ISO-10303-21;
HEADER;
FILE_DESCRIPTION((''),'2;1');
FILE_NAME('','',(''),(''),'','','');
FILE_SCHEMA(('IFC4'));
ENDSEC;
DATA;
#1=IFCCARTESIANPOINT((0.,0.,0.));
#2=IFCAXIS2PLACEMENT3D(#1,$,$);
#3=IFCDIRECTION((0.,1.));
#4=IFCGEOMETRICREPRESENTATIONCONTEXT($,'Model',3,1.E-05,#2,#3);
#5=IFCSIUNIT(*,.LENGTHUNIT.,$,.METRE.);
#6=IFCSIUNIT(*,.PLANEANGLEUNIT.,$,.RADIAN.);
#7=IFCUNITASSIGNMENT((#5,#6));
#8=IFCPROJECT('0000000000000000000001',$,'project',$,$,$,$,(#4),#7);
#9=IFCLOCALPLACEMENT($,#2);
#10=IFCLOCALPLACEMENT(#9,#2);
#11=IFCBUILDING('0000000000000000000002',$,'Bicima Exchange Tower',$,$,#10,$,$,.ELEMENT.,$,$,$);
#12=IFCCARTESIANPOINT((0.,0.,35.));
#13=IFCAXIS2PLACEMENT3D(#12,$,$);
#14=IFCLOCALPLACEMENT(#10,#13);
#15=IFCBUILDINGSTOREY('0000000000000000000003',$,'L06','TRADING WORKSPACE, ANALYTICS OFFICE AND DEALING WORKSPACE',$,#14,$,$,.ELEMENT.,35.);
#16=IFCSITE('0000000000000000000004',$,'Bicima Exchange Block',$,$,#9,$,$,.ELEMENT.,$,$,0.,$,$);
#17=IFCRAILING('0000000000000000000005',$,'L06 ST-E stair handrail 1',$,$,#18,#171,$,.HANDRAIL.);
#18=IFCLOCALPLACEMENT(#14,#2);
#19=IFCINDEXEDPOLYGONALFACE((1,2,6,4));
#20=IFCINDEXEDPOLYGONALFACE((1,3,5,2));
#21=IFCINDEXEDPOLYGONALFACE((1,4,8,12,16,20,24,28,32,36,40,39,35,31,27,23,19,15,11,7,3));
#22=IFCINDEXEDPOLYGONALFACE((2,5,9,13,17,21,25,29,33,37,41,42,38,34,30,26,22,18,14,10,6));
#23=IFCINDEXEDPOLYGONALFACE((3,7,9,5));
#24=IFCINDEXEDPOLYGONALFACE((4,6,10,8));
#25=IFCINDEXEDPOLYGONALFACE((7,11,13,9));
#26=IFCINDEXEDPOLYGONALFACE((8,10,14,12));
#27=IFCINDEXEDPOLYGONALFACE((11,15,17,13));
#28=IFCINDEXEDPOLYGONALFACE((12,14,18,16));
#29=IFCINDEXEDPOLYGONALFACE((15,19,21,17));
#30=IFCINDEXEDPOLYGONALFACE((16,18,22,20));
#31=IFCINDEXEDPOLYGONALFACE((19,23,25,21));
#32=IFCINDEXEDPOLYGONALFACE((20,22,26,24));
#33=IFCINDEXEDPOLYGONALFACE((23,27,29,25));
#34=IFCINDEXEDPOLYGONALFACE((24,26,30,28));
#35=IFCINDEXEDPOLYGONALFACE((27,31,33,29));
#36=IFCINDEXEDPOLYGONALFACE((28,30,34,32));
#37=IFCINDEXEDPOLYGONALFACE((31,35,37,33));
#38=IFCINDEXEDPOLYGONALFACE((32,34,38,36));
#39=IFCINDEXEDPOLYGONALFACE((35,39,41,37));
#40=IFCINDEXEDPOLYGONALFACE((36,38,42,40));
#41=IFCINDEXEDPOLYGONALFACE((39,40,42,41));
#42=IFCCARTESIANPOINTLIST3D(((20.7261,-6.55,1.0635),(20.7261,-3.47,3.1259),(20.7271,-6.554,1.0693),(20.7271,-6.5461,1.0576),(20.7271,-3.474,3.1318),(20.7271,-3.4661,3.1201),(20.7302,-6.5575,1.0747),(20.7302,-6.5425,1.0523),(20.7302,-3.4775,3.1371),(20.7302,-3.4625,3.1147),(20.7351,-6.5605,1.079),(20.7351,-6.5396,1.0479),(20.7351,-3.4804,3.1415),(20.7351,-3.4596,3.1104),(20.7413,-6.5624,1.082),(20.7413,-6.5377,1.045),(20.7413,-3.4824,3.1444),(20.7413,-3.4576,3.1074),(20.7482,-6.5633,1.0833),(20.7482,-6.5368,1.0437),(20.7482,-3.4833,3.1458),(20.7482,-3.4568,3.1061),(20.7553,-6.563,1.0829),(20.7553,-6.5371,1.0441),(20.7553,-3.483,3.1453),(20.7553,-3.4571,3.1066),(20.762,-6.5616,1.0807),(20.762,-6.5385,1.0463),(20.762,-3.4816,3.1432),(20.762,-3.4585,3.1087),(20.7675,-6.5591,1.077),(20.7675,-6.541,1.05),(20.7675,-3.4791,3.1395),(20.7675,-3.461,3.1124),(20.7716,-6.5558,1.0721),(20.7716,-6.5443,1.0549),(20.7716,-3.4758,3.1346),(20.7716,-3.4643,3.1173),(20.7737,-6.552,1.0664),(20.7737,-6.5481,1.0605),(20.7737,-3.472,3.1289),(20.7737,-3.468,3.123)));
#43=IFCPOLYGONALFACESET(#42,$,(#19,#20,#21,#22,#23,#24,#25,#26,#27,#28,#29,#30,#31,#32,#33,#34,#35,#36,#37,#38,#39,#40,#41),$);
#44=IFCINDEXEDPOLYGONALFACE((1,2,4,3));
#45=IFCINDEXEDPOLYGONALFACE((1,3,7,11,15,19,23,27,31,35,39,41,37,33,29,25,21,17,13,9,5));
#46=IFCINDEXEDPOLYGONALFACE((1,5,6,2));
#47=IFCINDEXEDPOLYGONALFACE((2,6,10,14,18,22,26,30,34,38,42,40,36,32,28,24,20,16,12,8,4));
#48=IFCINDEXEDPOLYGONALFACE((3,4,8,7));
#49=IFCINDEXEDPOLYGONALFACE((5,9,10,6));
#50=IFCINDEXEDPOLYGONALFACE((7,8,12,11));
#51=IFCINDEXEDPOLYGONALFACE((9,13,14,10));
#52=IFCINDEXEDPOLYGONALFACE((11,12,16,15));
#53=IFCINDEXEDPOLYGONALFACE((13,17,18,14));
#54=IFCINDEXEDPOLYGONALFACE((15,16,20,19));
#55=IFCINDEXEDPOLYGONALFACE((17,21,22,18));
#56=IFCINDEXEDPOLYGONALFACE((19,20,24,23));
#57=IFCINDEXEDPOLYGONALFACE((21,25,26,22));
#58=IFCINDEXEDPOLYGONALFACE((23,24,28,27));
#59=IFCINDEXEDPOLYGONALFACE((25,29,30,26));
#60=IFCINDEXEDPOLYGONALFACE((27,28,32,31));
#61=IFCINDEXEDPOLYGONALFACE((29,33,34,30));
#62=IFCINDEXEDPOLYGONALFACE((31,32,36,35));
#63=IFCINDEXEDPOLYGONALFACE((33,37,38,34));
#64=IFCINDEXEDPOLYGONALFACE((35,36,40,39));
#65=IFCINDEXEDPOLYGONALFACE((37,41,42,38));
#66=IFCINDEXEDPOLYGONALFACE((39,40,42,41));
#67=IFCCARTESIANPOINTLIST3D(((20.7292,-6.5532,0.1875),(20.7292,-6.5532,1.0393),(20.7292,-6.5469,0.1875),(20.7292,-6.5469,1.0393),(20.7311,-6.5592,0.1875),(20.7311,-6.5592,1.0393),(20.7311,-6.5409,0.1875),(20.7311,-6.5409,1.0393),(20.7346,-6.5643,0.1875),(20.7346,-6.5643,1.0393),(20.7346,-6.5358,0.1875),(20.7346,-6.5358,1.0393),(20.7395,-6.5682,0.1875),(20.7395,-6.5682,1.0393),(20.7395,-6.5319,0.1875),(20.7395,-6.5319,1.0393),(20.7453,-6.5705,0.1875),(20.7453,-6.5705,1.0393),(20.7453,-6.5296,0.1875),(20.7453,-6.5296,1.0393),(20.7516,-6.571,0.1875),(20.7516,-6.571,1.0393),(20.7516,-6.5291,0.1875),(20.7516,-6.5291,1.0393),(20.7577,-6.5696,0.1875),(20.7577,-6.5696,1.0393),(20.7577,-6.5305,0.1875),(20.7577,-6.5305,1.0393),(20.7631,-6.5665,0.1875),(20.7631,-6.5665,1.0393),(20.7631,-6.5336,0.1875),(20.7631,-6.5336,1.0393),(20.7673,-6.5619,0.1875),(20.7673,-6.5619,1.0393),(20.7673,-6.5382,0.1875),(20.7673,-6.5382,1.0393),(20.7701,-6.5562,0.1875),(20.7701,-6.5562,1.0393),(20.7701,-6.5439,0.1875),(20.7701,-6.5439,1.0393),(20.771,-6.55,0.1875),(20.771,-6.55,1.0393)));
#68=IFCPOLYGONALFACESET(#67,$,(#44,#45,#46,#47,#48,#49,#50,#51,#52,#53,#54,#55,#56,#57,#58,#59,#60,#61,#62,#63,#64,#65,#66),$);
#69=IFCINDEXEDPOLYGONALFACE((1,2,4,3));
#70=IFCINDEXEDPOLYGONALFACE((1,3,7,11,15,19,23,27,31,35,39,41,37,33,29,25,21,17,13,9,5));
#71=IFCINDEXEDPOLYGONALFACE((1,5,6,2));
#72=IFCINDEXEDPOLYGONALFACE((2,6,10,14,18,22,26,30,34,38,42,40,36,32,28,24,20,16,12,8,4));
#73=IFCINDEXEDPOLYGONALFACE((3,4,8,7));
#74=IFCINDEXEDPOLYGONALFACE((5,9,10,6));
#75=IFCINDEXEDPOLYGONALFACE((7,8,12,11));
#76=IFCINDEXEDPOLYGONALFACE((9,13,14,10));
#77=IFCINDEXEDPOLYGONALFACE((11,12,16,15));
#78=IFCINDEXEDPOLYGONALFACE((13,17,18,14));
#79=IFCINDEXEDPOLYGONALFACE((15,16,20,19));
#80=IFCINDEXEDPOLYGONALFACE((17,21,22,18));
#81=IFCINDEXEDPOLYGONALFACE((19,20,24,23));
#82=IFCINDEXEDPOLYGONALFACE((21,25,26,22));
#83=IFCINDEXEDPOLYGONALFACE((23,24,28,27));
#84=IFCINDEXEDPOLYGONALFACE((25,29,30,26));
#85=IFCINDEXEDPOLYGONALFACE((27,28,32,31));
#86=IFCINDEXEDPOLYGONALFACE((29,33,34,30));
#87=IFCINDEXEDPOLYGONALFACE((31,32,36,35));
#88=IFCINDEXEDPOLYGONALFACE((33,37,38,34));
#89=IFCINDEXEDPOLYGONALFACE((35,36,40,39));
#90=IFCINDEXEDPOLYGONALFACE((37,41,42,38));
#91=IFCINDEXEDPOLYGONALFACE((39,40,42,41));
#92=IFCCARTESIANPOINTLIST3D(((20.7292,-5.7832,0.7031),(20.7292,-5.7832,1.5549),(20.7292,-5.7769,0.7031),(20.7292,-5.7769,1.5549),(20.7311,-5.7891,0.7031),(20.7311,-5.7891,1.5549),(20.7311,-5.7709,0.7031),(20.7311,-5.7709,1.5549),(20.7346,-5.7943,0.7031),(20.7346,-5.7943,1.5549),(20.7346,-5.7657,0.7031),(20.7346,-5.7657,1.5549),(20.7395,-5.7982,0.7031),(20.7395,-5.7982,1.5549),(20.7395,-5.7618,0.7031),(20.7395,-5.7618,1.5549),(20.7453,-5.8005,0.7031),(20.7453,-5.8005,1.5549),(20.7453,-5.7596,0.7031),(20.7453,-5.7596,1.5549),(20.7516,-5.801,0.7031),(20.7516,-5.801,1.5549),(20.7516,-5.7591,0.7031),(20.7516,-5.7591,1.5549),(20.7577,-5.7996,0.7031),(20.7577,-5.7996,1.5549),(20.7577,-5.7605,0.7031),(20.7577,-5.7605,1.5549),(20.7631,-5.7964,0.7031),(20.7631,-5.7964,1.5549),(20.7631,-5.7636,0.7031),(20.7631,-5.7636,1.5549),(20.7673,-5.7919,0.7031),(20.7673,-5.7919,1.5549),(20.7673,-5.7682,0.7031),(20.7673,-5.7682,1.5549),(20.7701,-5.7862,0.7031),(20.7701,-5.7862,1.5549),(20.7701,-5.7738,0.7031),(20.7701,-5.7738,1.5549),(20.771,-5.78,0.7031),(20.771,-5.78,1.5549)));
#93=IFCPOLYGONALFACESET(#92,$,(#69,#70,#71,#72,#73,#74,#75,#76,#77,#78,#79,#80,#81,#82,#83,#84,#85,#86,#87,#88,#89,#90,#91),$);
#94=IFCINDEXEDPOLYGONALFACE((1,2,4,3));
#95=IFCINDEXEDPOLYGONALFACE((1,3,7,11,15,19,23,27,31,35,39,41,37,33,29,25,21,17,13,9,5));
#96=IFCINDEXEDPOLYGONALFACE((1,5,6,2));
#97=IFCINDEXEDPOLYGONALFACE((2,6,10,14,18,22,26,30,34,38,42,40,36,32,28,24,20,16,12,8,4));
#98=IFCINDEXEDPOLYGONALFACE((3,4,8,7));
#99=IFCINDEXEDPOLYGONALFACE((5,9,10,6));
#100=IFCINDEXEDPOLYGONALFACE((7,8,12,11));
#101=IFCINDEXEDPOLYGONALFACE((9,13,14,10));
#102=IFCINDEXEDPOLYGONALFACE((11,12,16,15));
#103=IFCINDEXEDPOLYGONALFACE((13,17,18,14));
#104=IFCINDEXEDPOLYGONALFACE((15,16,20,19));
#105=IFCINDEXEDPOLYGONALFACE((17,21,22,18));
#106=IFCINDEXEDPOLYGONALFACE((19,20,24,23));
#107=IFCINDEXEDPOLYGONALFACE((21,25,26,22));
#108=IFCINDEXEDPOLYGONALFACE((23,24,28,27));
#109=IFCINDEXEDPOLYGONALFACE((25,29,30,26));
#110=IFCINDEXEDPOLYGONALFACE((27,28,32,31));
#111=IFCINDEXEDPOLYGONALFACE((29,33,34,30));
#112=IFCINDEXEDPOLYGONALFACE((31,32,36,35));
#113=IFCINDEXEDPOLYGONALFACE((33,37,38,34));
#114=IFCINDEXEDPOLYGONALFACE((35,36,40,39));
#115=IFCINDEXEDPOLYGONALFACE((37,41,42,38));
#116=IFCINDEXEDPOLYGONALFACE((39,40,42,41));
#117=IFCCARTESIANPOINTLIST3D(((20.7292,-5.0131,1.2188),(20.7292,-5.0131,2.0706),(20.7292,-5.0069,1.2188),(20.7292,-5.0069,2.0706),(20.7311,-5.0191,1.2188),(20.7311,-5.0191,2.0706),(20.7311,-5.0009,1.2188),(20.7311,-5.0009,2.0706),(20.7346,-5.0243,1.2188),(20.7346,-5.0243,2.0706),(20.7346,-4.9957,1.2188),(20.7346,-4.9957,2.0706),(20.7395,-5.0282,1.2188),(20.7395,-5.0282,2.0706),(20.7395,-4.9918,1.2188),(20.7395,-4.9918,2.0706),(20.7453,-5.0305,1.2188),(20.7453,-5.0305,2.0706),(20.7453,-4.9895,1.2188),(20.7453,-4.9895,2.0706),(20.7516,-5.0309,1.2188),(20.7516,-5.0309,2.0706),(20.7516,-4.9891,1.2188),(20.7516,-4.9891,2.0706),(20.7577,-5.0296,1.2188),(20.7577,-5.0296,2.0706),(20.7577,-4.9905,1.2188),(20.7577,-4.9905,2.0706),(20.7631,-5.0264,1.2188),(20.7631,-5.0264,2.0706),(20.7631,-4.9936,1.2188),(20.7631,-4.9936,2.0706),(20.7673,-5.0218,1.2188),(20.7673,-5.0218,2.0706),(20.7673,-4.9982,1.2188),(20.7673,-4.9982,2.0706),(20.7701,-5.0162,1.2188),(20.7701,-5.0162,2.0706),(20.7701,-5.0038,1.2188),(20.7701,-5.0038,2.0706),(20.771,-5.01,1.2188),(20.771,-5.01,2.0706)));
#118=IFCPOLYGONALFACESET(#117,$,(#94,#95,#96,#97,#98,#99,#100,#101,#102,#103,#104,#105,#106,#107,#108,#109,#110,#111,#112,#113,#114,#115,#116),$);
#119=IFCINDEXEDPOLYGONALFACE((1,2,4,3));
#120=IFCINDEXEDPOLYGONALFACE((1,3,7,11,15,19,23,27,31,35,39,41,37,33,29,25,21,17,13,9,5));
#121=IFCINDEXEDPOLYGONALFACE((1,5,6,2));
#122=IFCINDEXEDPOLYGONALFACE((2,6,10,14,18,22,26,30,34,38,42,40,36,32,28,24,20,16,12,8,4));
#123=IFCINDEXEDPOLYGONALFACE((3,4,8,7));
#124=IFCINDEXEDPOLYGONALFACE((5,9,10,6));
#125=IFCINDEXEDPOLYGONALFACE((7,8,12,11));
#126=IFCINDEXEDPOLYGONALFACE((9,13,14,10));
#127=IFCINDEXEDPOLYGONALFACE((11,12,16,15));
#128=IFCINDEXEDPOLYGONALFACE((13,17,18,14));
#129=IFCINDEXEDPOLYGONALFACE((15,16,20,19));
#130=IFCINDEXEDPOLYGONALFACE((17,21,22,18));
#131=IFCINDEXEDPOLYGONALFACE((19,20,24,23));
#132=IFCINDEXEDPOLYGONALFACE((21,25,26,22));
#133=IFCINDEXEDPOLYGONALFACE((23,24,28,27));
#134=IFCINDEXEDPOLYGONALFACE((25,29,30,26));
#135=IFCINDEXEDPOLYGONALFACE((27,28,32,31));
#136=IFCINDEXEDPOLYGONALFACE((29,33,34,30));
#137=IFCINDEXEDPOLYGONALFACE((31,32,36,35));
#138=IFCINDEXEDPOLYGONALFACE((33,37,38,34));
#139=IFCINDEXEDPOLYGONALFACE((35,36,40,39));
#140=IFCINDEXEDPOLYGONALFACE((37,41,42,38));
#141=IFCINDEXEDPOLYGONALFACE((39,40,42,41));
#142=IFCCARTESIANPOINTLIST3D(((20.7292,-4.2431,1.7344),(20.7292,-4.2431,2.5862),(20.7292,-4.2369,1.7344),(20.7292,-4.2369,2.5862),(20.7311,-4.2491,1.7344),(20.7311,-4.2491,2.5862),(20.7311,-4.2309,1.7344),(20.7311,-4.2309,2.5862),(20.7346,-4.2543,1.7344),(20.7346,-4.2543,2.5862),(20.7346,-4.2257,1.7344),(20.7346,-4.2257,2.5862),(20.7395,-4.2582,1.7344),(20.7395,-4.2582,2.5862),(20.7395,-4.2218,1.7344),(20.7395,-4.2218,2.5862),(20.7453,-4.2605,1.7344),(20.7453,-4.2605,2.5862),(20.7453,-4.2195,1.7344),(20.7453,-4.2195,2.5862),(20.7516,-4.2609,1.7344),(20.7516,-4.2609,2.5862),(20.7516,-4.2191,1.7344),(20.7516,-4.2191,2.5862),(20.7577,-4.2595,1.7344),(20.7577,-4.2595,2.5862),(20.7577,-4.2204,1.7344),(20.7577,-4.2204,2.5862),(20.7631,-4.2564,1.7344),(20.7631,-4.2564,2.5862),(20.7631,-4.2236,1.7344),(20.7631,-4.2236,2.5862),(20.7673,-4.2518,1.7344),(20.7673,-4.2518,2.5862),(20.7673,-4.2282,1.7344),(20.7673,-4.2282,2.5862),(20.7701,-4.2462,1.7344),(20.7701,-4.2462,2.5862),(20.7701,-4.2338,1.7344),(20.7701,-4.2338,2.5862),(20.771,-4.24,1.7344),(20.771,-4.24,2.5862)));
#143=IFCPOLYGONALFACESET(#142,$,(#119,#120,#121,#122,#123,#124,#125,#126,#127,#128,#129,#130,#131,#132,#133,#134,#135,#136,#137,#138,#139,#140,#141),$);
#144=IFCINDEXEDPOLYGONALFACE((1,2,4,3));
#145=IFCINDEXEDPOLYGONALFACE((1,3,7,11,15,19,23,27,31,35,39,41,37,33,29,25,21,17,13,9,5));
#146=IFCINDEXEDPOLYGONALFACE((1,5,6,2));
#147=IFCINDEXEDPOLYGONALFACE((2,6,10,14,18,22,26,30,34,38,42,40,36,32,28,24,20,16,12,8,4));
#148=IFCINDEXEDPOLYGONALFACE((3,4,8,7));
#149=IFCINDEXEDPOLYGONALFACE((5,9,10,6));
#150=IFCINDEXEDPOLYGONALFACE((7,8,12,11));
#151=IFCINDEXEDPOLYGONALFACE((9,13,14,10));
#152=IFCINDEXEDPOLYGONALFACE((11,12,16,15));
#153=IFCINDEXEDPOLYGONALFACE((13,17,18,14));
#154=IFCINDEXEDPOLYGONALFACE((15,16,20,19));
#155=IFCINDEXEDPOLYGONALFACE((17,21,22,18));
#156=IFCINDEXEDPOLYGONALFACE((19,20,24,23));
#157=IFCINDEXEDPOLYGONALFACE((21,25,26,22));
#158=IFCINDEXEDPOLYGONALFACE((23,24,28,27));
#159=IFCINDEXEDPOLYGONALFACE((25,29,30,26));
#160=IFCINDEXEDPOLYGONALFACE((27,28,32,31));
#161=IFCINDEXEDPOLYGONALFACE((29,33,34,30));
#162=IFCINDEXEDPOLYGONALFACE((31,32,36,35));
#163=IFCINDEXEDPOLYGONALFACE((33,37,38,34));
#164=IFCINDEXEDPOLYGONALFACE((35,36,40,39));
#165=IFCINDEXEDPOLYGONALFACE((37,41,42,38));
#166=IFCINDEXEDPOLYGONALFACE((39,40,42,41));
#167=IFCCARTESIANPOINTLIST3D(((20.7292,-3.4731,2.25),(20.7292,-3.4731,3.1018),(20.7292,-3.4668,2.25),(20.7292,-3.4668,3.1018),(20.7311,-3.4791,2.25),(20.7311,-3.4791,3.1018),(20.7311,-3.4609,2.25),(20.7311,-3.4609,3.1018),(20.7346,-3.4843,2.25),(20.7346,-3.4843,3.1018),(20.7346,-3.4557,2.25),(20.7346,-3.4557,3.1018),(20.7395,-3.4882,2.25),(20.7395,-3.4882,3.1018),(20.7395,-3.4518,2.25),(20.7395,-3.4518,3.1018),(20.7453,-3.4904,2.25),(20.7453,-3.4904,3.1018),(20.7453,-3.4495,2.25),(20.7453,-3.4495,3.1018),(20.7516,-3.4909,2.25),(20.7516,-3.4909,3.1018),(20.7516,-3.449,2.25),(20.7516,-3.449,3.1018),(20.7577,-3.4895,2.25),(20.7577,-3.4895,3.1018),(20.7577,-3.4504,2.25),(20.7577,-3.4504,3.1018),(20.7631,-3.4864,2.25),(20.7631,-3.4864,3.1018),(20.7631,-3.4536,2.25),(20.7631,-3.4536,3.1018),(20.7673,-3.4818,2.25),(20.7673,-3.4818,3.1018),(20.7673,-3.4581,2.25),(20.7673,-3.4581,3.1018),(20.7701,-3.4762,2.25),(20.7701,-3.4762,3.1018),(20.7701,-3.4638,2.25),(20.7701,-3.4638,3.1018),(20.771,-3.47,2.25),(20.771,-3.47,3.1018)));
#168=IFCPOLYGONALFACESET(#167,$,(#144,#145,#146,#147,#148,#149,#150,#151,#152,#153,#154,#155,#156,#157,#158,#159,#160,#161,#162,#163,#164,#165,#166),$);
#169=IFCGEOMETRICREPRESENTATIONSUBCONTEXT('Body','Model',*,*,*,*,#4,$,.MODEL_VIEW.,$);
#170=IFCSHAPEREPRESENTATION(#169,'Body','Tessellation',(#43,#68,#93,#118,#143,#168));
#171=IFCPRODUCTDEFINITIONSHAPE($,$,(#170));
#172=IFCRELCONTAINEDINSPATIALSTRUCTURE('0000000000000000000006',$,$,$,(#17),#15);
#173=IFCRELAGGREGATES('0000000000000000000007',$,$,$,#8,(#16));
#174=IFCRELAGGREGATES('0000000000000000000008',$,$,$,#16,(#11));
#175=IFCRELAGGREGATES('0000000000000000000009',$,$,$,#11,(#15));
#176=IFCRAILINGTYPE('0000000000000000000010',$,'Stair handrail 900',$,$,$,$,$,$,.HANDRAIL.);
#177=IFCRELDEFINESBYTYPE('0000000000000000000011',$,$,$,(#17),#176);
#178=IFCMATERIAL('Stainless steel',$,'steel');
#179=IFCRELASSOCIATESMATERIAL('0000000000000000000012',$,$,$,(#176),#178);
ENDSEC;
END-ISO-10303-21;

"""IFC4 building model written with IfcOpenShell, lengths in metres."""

from ifc_helpers import new_model, si_unit, direction, frame, origin, origin_2d, place, context, subcontext, project, spatial, circle, extrude, material, type_object, element, save


model = new_model("IFC4")

# Units and contexts
model_context = context("Model", 3, precision=1e-05, world=origin(), true_north=direction((0.0, 1.0)))
body_context = subcontext(model_context, "Body", "Model", "MODEL_VIEW")
ifc_project = project(units=[si_unit("LENGTHUNIT", "METRE"), si_unit("PLANEANGLEUNIT", "RADIAN")], contexts=[model_context])

# Site, building, storey
site_placement = place(None, origin())
site = spatial("IfcSite", under=ifc_project, at=site_placement, Name="Bicima Exchange Block", CompositionType="ELEMENT", RefElevation=0.0)
building_placement = place(site_placement, origin())
building = spatial("IfcBuilding", under=site, at=building_placement, Name="Bicima Exchange Tower", CompositionType="ELEMENT")
storey_placement = place(building_placement, frame((0.0, 0.0, 35.0)))
storey = spatial("IfcBuildingStorey", under=building, at=storey_placement, Name="L06", Description="TRADING WORKSPACE, ANALYTICS OFFICE AND DEALING WORKSPACE", CompositionType="ELEMENT", Elevation=35.0)

# Railing
ifc_material_1 = material(Name="Stainless steel", Category="steel")
railing_type_1 = type_object("IfcRailingType", Name="Stair handrail 900", PredefinedType="HANDRAIL", material=ifc_material_1)
for number, where, name in (
    (1, (20.75, -6.55, 0.1875), "L06 ST-E stair handrail 1"),
):
    element("IfcRailing", number, at=place(storey_placement, frame(where)), inside=storey, type_object=railing_type_1, Name=name, PredefinedType="HANDRAIL", context=body_context, shape_type="SweptSolid", body=[
        extrude(circle(Radius=0.0239, at=origin_2d()), frame((0.0, 0.0, 0.876), z_axis=(0.0, 0.830914, 0.556401), x_axis=(-1.0, 0.0, 0.0)), (0.0, 0.0, 1.0), 3.7068),
        extrude(circle(Radius=0.021, at=origin_2d()), origin(), (0.0, 0.0, 1.0), 0.8518),
        extrude(circle(Radius=0.021, at=origin_2d()), frame((0.0, 0.77, 0.5156)), (0.0, 0.0, 1.0), 0.8518),
        extrude(circle(Radius=0.021, at=origin_2d()), frame((0.0, 1.54, 1.0312)), (0.0, 0.0, 1.0), 0.8518),
        extrude(circle(Radius=0.021, at=origin_2d()), frame((0.0, 2.3101, 1.5469)), (0.0, 0.0, 1.0), 0.8518),
        extrude(circle(Radius=0.021, at=origin_2d()), frame((0.0, 3.0801, 2.0625)), (0.0, 0.0, 1.0), 0.8518),
    ])

save(model, "model.ifc")
